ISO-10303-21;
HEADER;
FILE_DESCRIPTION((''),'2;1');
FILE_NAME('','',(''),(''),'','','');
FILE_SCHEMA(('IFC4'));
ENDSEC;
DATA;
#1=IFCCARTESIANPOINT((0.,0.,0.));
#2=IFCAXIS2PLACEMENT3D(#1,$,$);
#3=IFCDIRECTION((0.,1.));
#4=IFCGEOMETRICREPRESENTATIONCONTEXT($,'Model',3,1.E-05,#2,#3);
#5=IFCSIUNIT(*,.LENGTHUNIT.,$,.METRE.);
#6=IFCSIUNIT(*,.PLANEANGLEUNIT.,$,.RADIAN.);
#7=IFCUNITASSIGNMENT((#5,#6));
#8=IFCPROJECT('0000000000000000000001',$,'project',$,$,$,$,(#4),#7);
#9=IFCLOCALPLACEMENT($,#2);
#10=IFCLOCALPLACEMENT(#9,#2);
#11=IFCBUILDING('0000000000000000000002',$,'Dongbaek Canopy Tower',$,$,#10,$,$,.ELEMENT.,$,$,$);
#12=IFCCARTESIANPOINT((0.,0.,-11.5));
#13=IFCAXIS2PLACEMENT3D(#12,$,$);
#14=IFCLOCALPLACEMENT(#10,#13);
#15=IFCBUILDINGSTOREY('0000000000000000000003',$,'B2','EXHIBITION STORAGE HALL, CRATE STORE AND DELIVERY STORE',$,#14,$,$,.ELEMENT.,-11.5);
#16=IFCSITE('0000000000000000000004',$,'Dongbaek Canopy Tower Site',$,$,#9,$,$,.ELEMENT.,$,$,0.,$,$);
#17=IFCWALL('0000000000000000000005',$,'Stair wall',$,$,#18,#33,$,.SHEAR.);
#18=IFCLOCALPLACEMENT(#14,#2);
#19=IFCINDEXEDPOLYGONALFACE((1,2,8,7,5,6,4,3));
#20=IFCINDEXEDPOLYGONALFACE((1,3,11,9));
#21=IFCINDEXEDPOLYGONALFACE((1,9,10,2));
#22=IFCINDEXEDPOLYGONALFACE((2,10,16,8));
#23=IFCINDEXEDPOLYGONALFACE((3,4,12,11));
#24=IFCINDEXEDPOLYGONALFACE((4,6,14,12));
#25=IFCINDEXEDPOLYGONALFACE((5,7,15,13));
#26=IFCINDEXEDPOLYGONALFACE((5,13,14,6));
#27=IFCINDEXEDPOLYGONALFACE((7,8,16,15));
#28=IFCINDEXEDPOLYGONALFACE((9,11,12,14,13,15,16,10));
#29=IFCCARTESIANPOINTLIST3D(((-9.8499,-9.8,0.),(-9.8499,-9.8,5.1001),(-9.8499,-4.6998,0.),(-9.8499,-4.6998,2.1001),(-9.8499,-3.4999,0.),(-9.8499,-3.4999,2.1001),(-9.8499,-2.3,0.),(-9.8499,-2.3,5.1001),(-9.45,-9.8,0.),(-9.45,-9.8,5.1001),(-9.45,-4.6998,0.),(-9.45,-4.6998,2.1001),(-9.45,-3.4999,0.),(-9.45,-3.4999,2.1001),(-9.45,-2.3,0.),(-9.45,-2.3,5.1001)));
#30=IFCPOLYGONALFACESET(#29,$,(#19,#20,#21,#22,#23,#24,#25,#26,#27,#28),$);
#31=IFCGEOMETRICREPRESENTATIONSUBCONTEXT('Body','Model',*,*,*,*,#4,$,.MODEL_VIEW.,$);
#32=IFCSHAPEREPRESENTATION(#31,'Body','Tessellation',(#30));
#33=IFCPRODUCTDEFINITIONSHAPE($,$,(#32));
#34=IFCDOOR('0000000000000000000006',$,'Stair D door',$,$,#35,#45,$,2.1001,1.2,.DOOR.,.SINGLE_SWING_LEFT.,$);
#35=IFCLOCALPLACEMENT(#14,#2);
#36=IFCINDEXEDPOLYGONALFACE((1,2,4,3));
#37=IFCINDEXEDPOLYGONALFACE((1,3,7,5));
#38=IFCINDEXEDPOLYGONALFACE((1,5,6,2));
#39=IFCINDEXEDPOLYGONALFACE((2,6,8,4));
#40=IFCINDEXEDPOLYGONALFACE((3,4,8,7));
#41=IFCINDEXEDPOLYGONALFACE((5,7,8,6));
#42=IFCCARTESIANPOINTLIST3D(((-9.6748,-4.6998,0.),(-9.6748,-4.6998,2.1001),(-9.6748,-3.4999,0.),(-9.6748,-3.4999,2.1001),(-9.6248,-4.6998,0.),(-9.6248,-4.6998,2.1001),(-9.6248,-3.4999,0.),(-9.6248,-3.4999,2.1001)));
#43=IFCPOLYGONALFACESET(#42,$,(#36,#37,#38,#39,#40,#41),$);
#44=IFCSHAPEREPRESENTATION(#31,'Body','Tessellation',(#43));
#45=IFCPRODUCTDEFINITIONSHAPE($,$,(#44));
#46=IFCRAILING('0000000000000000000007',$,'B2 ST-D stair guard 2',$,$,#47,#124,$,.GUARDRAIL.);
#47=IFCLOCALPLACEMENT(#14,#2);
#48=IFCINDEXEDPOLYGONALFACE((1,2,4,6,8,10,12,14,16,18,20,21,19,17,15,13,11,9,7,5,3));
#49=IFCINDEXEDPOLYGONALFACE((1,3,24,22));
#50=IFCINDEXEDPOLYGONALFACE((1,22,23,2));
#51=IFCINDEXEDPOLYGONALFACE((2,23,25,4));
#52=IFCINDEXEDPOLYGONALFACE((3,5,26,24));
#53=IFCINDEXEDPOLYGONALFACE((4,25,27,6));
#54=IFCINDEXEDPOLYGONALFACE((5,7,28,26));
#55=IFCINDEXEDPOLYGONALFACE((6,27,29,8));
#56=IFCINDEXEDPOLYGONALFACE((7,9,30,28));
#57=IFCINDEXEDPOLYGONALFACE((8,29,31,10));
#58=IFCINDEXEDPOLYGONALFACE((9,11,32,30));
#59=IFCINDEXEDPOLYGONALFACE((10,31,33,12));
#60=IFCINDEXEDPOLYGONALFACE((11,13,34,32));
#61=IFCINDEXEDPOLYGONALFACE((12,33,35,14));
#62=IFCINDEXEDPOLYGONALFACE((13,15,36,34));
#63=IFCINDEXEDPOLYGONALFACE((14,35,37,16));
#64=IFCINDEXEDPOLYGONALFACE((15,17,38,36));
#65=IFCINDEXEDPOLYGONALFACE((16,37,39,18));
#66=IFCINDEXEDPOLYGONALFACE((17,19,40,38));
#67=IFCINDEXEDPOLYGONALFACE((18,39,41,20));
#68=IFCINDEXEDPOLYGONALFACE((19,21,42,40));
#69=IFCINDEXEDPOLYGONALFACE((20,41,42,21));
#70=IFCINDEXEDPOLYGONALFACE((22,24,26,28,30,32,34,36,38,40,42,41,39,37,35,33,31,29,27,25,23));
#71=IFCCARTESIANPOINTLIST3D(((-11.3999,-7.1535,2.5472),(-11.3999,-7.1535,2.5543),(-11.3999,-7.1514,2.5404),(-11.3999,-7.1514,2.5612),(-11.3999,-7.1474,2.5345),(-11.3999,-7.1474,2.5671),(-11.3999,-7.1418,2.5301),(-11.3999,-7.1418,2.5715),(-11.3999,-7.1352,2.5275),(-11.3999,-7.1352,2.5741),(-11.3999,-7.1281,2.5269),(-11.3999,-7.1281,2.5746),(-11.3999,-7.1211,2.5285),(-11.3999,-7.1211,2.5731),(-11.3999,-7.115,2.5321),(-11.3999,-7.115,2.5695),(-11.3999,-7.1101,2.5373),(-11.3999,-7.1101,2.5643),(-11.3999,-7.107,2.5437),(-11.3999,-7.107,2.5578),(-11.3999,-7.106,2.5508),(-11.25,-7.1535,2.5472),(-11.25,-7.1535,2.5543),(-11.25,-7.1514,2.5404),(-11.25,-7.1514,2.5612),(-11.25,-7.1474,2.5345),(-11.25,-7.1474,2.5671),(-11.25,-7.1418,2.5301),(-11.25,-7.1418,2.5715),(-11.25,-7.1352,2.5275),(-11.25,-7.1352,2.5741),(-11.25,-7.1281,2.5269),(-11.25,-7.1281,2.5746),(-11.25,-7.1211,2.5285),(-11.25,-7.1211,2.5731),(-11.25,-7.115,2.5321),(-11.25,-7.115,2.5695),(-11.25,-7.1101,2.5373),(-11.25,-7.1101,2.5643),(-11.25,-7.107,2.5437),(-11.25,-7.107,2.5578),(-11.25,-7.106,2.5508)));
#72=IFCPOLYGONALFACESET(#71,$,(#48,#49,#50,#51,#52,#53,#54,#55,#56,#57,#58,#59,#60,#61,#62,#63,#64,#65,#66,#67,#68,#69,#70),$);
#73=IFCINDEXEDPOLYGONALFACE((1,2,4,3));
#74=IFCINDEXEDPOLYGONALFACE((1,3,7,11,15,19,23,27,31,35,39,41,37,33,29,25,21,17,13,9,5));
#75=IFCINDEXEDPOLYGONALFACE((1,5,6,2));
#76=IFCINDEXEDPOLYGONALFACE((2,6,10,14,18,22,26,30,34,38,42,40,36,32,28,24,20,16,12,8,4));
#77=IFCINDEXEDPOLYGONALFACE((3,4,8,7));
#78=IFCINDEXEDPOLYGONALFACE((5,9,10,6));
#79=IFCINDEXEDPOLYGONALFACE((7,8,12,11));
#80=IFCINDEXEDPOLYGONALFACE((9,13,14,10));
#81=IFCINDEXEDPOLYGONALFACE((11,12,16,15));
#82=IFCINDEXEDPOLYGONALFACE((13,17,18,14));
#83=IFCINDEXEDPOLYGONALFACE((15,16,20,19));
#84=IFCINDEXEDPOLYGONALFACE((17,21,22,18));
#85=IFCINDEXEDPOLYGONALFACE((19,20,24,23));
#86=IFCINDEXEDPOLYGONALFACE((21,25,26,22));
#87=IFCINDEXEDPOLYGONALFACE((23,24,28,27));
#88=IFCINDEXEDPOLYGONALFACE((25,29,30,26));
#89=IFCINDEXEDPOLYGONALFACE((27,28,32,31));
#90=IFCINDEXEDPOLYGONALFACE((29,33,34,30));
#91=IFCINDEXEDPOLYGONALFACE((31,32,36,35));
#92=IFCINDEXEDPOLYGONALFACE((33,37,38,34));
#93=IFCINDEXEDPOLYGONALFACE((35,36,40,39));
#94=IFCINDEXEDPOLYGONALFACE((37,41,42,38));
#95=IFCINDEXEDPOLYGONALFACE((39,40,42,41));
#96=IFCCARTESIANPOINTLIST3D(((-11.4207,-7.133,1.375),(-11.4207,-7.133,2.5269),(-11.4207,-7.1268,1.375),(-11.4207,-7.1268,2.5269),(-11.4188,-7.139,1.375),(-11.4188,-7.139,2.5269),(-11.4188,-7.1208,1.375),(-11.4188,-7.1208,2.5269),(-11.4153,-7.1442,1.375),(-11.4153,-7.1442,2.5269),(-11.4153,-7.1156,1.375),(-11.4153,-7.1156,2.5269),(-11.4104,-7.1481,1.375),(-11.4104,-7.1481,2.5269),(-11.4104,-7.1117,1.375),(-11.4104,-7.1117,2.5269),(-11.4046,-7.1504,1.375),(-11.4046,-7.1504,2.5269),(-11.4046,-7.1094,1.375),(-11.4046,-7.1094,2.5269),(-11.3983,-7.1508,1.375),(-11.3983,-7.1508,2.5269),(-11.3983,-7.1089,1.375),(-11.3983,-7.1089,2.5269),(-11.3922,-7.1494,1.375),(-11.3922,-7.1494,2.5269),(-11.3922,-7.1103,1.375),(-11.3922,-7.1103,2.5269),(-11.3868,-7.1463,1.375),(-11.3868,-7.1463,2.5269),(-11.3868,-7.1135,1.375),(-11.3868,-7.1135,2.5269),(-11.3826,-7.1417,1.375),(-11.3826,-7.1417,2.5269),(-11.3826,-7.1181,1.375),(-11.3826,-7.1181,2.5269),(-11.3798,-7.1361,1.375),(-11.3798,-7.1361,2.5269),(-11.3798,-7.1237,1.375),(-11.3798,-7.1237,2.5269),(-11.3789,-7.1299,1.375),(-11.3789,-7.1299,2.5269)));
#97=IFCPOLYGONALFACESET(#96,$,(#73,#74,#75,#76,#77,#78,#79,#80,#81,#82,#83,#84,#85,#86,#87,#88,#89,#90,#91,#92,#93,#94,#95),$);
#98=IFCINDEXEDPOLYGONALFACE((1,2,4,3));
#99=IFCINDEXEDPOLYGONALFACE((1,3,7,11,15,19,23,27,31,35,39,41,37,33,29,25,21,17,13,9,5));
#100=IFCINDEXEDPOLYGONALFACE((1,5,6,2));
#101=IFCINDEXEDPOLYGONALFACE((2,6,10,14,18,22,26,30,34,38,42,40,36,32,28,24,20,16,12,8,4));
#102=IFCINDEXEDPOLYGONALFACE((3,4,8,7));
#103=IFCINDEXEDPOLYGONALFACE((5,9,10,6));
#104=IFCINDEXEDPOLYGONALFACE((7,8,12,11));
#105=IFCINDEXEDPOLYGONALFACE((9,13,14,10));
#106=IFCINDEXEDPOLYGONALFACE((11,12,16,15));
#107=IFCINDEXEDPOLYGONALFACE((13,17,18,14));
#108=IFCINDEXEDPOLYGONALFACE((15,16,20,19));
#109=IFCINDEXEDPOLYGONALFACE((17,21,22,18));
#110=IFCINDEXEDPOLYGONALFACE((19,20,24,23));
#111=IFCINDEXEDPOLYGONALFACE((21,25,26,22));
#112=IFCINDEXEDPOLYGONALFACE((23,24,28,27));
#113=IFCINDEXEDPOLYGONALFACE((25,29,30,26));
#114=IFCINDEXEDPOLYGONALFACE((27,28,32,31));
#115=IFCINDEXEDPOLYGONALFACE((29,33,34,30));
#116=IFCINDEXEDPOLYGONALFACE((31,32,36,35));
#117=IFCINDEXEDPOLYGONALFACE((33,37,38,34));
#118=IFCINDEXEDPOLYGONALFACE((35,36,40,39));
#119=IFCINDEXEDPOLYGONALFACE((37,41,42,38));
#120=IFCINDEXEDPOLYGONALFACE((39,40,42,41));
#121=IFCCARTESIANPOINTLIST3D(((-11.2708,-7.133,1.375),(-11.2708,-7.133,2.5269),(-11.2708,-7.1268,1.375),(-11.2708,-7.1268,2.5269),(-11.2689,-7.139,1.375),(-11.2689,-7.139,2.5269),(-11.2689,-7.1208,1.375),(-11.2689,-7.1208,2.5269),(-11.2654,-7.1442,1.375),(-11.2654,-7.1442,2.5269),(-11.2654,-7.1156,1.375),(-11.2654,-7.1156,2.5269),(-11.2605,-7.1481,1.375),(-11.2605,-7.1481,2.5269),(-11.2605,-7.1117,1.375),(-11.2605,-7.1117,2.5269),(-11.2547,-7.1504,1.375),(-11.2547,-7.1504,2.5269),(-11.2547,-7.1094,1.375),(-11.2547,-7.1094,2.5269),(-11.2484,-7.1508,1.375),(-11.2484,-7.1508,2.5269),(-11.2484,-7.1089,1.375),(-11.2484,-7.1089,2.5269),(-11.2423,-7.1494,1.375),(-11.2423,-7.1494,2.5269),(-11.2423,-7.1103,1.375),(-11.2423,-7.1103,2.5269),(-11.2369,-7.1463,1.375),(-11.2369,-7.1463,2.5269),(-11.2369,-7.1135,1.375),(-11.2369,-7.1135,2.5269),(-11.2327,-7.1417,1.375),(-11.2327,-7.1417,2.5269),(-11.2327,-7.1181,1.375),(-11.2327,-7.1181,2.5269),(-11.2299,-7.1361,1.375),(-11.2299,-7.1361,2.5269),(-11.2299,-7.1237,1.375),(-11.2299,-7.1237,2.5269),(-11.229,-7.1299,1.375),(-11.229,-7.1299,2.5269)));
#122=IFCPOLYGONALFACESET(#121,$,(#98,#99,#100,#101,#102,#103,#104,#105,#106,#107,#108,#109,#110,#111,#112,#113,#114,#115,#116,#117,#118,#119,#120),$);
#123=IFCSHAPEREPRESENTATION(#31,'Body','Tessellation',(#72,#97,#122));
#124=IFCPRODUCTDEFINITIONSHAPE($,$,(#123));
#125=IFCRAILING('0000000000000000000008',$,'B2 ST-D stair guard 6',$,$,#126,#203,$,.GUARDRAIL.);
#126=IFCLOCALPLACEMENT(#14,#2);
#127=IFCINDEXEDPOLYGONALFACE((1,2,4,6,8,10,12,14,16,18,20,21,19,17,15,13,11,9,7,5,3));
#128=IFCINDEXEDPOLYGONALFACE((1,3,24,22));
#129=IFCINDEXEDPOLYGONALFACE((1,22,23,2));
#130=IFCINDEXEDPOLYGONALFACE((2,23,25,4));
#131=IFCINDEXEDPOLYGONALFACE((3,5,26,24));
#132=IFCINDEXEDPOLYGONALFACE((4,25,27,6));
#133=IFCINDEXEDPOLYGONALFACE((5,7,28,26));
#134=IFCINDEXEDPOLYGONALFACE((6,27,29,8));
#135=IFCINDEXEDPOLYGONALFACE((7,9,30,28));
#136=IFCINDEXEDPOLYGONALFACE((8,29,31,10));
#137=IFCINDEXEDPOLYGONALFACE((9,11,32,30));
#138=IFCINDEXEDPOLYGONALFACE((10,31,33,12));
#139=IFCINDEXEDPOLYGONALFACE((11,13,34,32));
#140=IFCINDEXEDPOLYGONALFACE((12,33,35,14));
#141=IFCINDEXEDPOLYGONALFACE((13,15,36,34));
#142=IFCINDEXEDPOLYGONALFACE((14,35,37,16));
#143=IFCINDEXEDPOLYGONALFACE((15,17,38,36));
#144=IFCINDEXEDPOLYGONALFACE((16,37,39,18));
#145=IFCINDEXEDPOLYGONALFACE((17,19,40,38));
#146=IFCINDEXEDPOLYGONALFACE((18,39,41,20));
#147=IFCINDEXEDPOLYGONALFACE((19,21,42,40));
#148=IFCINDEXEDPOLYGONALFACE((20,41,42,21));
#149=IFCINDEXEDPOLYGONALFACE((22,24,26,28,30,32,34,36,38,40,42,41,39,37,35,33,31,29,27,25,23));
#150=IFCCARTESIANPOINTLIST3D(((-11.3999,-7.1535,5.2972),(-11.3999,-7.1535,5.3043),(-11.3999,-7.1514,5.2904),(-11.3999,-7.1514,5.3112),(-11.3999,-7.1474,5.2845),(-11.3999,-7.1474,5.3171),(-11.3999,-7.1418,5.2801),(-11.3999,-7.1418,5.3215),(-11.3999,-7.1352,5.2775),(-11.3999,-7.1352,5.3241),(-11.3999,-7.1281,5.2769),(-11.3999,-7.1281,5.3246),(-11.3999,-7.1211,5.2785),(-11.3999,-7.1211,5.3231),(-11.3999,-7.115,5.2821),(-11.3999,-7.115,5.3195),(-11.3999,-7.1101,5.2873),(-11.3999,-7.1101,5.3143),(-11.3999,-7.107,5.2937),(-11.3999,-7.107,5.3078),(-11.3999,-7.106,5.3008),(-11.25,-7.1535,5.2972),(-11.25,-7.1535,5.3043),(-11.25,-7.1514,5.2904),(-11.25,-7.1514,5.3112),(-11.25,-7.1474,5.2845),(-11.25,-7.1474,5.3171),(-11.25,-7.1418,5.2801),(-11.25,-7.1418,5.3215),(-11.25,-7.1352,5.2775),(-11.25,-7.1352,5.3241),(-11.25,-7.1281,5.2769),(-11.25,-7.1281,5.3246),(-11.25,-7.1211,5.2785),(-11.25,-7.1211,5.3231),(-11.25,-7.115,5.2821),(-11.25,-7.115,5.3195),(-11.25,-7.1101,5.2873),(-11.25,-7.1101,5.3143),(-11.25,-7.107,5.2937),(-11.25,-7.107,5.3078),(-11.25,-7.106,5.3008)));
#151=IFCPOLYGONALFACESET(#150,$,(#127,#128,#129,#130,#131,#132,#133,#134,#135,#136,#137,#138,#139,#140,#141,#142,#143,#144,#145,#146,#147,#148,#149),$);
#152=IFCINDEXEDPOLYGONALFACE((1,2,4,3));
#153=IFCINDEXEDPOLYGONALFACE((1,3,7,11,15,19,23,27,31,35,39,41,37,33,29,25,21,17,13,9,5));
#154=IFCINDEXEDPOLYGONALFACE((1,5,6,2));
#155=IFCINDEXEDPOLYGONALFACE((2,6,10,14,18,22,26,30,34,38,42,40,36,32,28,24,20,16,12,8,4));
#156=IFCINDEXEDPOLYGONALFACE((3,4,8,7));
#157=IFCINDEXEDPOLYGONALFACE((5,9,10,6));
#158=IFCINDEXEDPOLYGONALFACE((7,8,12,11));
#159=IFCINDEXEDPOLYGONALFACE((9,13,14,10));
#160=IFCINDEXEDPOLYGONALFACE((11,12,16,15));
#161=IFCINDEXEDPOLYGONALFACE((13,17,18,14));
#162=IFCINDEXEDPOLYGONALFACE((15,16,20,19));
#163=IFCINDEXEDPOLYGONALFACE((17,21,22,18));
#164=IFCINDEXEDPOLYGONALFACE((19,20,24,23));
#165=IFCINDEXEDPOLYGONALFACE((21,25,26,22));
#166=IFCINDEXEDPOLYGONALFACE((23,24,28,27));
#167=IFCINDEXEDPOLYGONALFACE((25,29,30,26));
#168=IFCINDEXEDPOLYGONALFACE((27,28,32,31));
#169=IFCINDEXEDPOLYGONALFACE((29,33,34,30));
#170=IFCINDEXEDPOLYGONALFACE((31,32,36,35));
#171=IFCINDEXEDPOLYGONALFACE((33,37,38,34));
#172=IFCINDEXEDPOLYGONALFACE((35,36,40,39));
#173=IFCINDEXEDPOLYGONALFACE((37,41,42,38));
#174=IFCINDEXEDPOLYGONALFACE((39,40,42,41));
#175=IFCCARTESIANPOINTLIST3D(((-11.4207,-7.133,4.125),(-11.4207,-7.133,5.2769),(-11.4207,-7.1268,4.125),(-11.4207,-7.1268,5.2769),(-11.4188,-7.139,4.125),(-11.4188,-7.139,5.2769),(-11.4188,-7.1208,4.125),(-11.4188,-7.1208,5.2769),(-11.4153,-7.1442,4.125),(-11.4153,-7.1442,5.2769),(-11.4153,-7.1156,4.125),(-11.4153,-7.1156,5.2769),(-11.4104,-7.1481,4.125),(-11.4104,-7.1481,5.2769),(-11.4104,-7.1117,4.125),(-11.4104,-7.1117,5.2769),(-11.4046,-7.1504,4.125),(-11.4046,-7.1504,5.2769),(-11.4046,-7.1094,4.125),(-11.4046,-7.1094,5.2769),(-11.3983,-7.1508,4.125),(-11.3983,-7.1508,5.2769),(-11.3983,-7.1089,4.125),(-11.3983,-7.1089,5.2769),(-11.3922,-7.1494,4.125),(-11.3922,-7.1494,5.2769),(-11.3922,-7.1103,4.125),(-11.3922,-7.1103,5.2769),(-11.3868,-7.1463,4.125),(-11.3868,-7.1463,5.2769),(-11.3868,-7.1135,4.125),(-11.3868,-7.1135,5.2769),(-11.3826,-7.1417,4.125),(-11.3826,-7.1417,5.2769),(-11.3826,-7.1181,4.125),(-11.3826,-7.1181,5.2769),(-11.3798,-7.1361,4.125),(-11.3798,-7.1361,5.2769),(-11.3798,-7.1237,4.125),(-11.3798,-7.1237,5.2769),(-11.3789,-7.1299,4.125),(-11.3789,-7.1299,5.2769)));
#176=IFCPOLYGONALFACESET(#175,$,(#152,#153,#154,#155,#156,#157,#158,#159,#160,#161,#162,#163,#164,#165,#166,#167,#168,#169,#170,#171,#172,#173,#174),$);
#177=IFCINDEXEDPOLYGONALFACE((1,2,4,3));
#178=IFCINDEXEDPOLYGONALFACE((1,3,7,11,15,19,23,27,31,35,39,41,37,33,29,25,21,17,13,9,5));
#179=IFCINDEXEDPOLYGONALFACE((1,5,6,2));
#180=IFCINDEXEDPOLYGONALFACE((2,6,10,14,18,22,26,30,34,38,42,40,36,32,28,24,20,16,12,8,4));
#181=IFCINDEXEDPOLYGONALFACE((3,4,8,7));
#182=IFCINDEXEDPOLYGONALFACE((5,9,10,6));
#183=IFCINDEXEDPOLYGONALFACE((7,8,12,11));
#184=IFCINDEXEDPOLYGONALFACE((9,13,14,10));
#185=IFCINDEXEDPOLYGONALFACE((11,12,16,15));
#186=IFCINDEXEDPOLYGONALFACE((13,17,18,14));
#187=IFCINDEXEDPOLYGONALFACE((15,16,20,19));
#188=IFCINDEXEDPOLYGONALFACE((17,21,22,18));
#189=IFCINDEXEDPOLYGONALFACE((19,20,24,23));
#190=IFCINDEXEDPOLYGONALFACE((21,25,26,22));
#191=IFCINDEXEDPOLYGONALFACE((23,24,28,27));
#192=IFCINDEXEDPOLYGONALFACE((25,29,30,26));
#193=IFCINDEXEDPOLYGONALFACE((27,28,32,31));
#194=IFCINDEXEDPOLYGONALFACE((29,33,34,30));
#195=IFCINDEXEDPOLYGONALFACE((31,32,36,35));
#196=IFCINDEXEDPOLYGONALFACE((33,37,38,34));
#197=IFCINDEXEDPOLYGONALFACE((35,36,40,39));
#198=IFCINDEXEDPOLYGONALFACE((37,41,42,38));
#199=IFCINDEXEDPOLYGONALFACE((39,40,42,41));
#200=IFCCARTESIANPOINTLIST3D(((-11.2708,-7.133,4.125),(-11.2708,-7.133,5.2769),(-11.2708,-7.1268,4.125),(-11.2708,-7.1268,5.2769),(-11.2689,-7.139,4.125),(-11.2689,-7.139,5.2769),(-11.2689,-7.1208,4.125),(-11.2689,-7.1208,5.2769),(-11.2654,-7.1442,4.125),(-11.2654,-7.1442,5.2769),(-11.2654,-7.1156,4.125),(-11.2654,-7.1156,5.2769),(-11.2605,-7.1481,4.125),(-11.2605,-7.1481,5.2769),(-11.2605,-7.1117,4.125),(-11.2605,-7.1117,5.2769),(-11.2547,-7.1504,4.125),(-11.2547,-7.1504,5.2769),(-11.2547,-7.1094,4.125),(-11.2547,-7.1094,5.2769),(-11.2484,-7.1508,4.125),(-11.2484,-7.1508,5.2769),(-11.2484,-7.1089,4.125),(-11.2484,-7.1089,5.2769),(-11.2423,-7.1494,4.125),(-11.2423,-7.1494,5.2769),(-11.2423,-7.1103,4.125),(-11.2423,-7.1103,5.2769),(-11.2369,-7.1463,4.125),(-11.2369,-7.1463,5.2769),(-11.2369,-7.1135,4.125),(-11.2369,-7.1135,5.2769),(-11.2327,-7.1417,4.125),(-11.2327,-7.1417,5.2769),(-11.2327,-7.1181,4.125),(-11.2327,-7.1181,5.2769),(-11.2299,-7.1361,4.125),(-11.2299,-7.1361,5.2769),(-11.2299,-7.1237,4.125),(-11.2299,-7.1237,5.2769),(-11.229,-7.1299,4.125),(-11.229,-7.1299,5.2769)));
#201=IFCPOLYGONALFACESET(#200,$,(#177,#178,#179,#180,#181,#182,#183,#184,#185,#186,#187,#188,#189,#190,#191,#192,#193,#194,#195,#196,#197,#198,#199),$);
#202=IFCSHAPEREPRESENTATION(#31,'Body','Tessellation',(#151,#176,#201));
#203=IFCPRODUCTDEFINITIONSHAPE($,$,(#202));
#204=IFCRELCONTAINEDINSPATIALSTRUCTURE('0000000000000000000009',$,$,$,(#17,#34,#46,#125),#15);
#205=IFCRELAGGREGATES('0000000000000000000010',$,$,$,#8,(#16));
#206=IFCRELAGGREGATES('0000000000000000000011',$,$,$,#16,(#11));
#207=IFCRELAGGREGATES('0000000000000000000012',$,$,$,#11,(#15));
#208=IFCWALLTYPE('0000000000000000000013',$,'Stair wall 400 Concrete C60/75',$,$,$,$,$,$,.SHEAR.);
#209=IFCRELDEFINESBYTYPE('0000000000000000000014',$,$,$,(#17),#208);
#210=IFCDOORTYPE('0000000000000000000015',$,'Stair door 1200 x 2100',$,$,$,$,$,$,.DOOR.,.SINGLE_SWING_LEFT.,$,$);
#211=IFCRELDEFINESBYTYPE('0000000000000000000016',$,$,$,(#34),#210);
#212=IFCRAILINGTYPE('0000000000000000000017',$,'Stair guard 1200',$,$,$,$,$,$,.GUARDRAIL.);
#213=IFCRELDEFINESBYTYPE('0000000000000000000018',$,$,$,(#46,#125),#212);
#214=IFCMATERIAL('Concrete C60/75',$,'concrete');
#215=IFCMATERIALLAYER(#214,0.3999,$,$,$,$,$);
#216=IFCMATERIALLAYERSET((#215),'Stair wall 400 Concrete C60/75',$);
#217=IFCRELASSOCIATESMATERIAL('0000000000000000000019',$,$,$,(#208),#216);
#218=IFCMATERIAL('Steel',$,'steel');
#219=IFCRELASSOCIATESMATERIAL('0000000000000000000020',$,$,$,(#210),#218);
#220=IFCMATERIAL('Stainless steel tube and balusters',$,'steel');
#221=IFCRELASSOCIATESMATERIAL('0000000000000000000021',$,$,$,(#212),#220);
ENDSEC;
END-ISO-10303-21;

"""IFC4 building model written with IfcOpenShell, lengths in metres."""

from ifc_helpers import new_model, si_unit, direction, frame, frame_2d, origin, origin_2d, place, context, subcontext, project, spatial, rectangle, circle, extrude, material, layer, layer_set, type_object, element, fill, save


model = new_model("IFC4")

# Units and contexts
model_context = context("Model", 3, precision=1e-05, world=origin(), true_north=direction((0.0, 1.0)))
body_context = subcontext(model_context, "Body", "Model", "MODEL_VIEW")
ifc_project = project(units=[si_unit("LENGTHUNIT", "METRE"), si_unit("PLANEANGLEUNIT", "RADIAN")], contexts=[model_context])

# Site, building, storey
site_placement = place(None, origin())
site = spatial("IfcSite", under=ifc_project, at=site_placement, Name="Dongbaek Canopy Tower Site", CompositionType="ELEMENT", RefElevation=0.0)
building_placement = place(site_placement, origin())
building = spatial("IfcBuilding", under=site, at=building_placement, Name="Dongbaek Canopy Tower", CompositionType="ELEMENT")
storey_placement = place(building_placement, frame((0.0, 0.0, -11.5)))
storey = spatial("IfcBuildingStorey", under=building, at=storey_placement, Name="B2", Description="EXHIBITION STORAGE HALL, CRATE STORE AND DELIVERY STORE", CompositionType="ELEMENT", Elevation=-11.5)

# Wall, opening, door
ifc_material_1 = material(Name="Concrete C60/75", Category="concrete")
ifc_layer_1 = layer(ifc_material_1, 0.3999)
ifc_layer_set_1 = layer_set([ifc_layer_1], Name="Stair wall 400 Concrete C60/75")
wall_type_1 = type_object("IfcWallType", Name="Stair wall 400 Concrete C60/75", PredefinedType="SHEAR", material=ifc_layer_set_1)
wall_1_placement = place(storey_placement, frame((-9.6499, -9.8, 0.0), z_axis=(0.0, 0.0, 1.0), x_axis=(0.0, 1.0, 0.0)))
wall_1 = element("IfcWall", 1, at=wall_1_placement, inside=storey, type_object=wall_type_1, Name="Stair wall", PredefinedType="SHEAR", context=body_context, shape_type="SweptSolid", body=[
    extrude(rectangle(XDim=7.5, YDim=0.3999, at=frame_2d((3.75, 0.0))), origin(), (0.0, 0.0, 1.0), 5.1001),
])
opening_placement = place(wall_1_placement, frame((5.1001, 0.0, 0.0)))
opening = element("IfcOpeningElement", 2, at=opening_placement, cuts=wall_1, PredefinedType="OPENING", context=body_context, shape_type="SweptSolid", body=[
    extrude(rectangle(XDim=1.2, YDim=2.1001, at=frame_2d((0.6001, 1.05))), frame((0.0, 0.21, 0.0), z_axis=(0.0, -1.0, 0.0), x_axis=(1.0, 0.0, 0.0)), (0.0, 0.0, 1.0), 0.4199),
])
ifc_material_2 = material(Name="Steel", Category="steel")
door_type = type_object("IfcDoorType", Name="Stair door 1200 x 2100", OperationType="SINGLE_SWING_LEFT", PredefinedType="DOOR", material=ifc_material_2)
door_placement = place(opening_placement, origin())
door = element("IfcDoor", 3, at=door_placement, inside=storey, type_object=door_type, Name="Stair D door", OperationType="SINGLE_SWING_LEFT", OverallHeight=2.1001, OverallWidth=1.2, PredefinedType="DOOR", context=body_context, shape_type="SweptSolid", body=[
    extrude(rectangle(XDim=1.2, YDim=2.1001, at=frame_2d((0.6001, 1.05))), frame((0.0, 0.0249, 0.0), z_axis=(0.0, -1.0, 0.0), x_axis=(1.0, 0.0, 0.0)), (0.0, 0.0, 1.0), 0.05),
])
fill(opening, door)

# Railings
ifc_material_3 = material(Name="Stainless steel tube and balusters", Category="steel")
railing_type = type_object("IfcRailingType", Name="Stair guard 1200", PredefinedType="GUARDRAIL", material=ifc_material_3)
for number, where, name in (
    (4, (-11.3999, -7.1299, 1.375), "B2 ST-D stair guard 2"),
    (5, (-11.3999, -7.1299, 4.125), "B2 ST-D stair guard 6"),
):
    element("IfcRailing", number, at=place(storey_placement, frame(where)), inside=storey, type_object=railing_type, Name=name, PredefinedType="GUARDRAIL", context=body_context, shape_type="SweptSolid", body=[
        extrude(circle(Radius=0.0239, at=origin_2d()), frame((0.0, 0.0, 1.1758), z_axis=(1.0, 0.0, 0.0), x_axis=(0.0, 1.0, 0.0)), (0.0, 0.0, 1.0), 0.1499),
        extrude(circle(Radius=0.021, at=origin_2d()), origin(), (0.0, 0.0, 1.0), 1.1519),
        extrude(circle(Radius=0.021, at=origin_2d()), frame((0.1499, 0.0, 0.0)), (0.0, 0.0, 1.0), 1.1519),
    ])

save(model, "model.ifc")
